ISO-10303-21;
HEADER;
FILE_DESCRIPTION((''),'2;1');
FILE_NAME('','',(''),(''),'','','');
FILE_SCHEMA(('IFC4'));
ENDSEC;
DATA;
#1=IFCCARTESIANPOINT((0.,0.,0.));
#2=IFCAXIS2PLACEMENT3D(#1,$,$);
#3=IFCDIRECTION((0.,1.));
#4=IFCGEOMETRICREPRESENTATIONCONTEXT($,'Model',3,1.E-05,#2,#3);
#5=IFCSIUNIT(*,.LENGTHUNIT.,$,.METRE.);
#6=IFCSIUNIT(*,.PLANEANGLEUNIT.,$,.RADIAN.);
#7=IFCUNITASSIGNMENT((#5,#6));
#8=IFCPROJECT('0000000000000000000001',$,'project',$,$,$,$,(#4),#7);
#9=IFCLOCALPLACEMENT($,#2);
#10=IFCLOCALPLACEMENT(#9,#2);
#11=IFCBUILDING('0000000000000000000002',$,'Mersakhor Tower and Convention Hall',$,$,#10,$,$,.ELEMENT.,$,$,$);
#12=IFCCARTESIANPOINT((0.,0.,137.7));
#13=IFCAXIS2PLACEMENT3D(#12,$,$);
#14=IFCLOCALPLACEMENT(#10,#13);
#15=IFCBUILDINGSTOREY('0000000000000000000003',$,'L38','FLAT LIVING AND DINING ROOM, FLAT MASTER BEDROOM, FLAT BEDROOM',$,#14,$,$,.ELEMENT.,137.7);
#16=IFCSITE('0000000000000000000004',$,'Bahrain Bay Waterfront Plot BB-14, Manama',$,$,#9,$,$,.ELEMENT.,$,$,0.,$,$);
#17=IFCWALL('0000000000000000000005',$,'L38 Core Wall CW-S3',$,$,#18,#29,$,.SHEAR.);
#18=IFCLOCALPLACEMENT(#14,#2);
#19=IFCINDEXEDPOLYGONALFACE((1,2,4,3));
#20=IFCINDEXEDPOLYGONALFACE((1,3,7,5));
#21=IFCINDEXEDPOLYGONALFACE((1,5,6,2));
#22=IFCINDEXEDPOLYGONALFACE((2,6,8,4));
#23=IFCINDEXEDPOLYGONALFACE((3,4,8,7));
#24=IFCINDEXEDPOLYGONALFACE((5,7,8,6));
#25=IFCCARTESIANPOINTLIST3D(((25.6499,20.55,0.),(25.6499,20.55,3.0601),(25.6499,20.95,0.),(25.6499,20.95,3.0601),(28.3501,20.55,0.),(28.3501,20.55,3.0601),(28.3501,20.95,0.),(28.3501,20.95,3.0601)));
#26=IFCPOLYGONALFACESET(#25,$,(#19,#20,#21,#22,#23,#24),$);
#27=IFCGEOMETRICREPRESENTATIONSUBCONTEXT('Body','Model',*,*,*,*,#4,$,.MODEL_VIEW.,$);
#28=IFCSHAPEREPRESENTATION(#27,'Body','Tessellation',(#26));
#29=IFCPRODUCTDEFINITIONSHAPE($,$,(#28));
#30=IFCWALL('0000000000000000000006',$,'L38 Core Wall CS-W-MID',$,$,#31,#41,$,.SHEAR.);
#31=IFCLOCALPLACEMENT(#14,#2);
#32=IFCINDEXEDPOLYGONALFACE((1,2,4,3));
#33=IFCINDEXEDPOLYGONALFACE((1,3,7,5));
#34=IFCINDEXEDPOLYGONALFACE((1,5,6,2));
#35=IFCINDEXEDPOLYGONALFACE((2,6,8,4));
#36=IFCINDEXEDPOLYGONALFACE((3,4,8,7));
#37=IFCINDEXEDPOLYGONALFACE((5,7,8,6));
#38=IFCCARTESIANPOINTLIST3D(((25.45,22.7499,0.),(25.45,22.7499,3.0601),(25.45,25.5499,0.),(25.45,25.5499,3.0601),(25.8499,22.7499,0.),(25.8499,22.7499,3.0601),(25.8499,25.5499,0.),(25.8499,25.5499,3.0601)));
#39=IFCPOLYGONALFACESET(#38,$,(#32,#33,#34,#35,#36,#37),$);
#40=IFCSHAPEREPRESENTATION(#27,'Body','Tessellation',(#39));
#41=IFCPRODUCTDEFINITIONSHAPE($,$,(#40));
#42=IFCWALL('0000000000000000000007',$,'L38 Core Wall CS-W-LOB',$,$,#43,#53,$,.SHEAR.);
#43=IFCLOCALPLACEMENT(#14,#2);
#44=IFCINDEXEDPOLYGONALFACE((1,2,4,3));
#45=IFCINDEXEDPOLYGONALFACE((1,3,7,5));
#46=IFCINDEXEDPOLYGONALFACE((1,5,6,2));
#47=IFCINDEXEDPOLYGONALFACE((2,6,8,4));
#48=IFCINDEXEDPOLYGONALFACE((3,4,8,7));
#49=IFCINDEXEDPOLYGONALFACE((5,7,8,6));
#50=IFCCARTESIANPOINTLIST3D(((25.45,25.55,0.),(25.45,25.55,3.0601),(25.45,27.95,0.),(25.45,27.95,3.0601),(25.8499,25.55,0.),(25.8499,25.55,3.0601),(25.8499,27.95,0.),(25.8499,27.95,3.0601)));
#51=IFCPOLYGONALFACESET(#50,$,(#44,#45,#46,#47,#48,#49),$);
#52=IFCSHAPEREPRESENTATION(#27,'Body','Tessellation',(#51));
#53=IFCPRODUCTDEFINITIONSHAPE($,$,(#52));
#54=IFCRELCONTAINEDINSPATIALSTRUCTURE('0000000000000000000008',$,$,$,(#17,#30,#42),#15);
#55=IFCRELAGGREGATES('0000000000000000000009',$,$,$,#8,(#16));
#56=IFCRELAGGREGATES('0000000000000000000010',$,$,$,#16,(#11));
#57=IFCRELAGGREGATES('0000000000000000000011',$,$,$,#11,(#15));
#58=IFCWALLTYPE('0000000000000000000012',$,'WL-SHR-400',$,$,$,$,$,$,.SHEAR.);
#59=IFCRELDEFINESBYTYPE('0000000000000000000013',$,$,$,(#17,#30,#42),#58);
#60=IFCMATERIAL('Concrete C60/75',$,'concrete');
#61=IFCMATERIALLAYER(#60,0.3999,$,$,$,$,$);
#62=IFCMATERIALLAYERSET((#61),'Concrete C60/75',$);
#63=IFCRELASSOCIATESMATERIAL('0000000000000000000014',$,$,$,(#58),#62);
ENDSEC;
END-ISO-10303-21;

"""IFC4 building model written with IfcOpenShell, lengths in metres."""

from ifc_helpers import new_model, si_unit, direction, frame, frame_2d, origin, place, context, subcontext, project, spatial, rectangle, extrude, material, layer, layer_set, type_object, element, save


model = new_model("IFC4")

# Units and contexts
model_context = context("Model", 3, precision=1e-05, world=origin(), true_north=direction((0.0, 1.0)))
body_context = subcontext(model_context, "Body", "Model", "MODEL_VIEW")
ifc_project = project(units=[si_unit("LENGTHUNIT", "METRE"), si_unit("PLANEANGLEUNIT", "RADIAN")], contexts=[model_context])

# Site, building, storey
site_placement = place(None, origin())
site = spatial("IfcSite", under=ifc_project, at=site_placement, Name="Bahrain Bay Waterfront Plot BB-14, Manama", CompositionType="ELEMENT", RefElevation=0.0)
building_placement = place(site_placement, origin())
building = spatial("IfcBuilding", under=site, at=building_placement, Name="Mersakhor Tower and Convention Hall", CompositionType="ELEMENT")
storey_placement = place(building_placement, frame((0.0, 0.0, 137.7)))
storey = spatial("IfcBuildingStorey", under=building, at=storey_placement, Name="L38", Description="FLAT LIVING AND DINING ROOM, FLAT MASTER BEDROOM, FLAT BEDROOM", CompositionType="ELEMENT", Elevation=137.7)

# Wall
ifc_material_1 = material(Name="Concrete C60/75", Category="concrete")
ifc_layer_1 = layer(ifc_material_1, 0.3999)
ifc_layer_set_1 = layer_set([ifc_layer_1], Name="Concrete C60/75")
wall_type_1 = type_object("IfcWallType", Name="WL-SHR-400", PredefinedType="SHEAR", material=ifc_layer_set_1)
wall_1_placement = place(storey_placement, frame((28.3501, 20.75, 0.0), z_axis=(0.0, 0.0, 1.0), x_axis=(-1.0, 0.0, 0.0)))
element("IfcWall", 1, at=wall_1_placement, inside=storey, type_object=wall_type_1, Name="L38 Core Wall CW-S3", PredefinedType="SHEAR", context=body_context, shape_type="SweptSolid", body=[
    extrude(rectangle(XDim=2.7002, YDim=0.3999, at=frame_2d((1.3501, 0.0))), origin(), (0.0, 0.0, 1.0), 3.0601),
])

# Walls
wall_2_placement = place(storey_placement, frame((25.6499, 22.75, 0.0), z_axis=(0.0, 0.0, 1.0), x_axis=(0.0, 1.0, 0.0)))
element("IfcWall", 2, at=wall_2_placement, inside=storey, type_object=wall_type_1, Name="L38 Core Wall CS-W-MID", PredefinedType="SHEAR", context=body_context, shape_type="SweptSolid", body=[
    extrude(rectangle(XDim=2.8, YDim=0.3999, at=frame_2d((1.3999, 0.0))), origin(), (0.0, 0.0, 1.0), 3.0601),
])
wall_3_placement = place(storey_placement, frame((25.6499, 25.55, 0.0), z_axis=(0.0, 0.0, 1.0), x_axis=(0.0, 1.0, 0.0)))
element("IfcWall", 3, at=wall_3_placement, inside=storey, type_object=wall_type_1, Name="L38 Core Wall CS-W-LOB", PredefinedType="SHEAR", context=body_context, shape_type="SweptSolid", body=[
    extrude(rectangle(XDim=2.3999, YDim=0.3999, at=frame_2d((1.2, 0.0))), origin(), (0.0, 0.0, 1.0), 3.0601),
])

save(model, "model.ifc")
